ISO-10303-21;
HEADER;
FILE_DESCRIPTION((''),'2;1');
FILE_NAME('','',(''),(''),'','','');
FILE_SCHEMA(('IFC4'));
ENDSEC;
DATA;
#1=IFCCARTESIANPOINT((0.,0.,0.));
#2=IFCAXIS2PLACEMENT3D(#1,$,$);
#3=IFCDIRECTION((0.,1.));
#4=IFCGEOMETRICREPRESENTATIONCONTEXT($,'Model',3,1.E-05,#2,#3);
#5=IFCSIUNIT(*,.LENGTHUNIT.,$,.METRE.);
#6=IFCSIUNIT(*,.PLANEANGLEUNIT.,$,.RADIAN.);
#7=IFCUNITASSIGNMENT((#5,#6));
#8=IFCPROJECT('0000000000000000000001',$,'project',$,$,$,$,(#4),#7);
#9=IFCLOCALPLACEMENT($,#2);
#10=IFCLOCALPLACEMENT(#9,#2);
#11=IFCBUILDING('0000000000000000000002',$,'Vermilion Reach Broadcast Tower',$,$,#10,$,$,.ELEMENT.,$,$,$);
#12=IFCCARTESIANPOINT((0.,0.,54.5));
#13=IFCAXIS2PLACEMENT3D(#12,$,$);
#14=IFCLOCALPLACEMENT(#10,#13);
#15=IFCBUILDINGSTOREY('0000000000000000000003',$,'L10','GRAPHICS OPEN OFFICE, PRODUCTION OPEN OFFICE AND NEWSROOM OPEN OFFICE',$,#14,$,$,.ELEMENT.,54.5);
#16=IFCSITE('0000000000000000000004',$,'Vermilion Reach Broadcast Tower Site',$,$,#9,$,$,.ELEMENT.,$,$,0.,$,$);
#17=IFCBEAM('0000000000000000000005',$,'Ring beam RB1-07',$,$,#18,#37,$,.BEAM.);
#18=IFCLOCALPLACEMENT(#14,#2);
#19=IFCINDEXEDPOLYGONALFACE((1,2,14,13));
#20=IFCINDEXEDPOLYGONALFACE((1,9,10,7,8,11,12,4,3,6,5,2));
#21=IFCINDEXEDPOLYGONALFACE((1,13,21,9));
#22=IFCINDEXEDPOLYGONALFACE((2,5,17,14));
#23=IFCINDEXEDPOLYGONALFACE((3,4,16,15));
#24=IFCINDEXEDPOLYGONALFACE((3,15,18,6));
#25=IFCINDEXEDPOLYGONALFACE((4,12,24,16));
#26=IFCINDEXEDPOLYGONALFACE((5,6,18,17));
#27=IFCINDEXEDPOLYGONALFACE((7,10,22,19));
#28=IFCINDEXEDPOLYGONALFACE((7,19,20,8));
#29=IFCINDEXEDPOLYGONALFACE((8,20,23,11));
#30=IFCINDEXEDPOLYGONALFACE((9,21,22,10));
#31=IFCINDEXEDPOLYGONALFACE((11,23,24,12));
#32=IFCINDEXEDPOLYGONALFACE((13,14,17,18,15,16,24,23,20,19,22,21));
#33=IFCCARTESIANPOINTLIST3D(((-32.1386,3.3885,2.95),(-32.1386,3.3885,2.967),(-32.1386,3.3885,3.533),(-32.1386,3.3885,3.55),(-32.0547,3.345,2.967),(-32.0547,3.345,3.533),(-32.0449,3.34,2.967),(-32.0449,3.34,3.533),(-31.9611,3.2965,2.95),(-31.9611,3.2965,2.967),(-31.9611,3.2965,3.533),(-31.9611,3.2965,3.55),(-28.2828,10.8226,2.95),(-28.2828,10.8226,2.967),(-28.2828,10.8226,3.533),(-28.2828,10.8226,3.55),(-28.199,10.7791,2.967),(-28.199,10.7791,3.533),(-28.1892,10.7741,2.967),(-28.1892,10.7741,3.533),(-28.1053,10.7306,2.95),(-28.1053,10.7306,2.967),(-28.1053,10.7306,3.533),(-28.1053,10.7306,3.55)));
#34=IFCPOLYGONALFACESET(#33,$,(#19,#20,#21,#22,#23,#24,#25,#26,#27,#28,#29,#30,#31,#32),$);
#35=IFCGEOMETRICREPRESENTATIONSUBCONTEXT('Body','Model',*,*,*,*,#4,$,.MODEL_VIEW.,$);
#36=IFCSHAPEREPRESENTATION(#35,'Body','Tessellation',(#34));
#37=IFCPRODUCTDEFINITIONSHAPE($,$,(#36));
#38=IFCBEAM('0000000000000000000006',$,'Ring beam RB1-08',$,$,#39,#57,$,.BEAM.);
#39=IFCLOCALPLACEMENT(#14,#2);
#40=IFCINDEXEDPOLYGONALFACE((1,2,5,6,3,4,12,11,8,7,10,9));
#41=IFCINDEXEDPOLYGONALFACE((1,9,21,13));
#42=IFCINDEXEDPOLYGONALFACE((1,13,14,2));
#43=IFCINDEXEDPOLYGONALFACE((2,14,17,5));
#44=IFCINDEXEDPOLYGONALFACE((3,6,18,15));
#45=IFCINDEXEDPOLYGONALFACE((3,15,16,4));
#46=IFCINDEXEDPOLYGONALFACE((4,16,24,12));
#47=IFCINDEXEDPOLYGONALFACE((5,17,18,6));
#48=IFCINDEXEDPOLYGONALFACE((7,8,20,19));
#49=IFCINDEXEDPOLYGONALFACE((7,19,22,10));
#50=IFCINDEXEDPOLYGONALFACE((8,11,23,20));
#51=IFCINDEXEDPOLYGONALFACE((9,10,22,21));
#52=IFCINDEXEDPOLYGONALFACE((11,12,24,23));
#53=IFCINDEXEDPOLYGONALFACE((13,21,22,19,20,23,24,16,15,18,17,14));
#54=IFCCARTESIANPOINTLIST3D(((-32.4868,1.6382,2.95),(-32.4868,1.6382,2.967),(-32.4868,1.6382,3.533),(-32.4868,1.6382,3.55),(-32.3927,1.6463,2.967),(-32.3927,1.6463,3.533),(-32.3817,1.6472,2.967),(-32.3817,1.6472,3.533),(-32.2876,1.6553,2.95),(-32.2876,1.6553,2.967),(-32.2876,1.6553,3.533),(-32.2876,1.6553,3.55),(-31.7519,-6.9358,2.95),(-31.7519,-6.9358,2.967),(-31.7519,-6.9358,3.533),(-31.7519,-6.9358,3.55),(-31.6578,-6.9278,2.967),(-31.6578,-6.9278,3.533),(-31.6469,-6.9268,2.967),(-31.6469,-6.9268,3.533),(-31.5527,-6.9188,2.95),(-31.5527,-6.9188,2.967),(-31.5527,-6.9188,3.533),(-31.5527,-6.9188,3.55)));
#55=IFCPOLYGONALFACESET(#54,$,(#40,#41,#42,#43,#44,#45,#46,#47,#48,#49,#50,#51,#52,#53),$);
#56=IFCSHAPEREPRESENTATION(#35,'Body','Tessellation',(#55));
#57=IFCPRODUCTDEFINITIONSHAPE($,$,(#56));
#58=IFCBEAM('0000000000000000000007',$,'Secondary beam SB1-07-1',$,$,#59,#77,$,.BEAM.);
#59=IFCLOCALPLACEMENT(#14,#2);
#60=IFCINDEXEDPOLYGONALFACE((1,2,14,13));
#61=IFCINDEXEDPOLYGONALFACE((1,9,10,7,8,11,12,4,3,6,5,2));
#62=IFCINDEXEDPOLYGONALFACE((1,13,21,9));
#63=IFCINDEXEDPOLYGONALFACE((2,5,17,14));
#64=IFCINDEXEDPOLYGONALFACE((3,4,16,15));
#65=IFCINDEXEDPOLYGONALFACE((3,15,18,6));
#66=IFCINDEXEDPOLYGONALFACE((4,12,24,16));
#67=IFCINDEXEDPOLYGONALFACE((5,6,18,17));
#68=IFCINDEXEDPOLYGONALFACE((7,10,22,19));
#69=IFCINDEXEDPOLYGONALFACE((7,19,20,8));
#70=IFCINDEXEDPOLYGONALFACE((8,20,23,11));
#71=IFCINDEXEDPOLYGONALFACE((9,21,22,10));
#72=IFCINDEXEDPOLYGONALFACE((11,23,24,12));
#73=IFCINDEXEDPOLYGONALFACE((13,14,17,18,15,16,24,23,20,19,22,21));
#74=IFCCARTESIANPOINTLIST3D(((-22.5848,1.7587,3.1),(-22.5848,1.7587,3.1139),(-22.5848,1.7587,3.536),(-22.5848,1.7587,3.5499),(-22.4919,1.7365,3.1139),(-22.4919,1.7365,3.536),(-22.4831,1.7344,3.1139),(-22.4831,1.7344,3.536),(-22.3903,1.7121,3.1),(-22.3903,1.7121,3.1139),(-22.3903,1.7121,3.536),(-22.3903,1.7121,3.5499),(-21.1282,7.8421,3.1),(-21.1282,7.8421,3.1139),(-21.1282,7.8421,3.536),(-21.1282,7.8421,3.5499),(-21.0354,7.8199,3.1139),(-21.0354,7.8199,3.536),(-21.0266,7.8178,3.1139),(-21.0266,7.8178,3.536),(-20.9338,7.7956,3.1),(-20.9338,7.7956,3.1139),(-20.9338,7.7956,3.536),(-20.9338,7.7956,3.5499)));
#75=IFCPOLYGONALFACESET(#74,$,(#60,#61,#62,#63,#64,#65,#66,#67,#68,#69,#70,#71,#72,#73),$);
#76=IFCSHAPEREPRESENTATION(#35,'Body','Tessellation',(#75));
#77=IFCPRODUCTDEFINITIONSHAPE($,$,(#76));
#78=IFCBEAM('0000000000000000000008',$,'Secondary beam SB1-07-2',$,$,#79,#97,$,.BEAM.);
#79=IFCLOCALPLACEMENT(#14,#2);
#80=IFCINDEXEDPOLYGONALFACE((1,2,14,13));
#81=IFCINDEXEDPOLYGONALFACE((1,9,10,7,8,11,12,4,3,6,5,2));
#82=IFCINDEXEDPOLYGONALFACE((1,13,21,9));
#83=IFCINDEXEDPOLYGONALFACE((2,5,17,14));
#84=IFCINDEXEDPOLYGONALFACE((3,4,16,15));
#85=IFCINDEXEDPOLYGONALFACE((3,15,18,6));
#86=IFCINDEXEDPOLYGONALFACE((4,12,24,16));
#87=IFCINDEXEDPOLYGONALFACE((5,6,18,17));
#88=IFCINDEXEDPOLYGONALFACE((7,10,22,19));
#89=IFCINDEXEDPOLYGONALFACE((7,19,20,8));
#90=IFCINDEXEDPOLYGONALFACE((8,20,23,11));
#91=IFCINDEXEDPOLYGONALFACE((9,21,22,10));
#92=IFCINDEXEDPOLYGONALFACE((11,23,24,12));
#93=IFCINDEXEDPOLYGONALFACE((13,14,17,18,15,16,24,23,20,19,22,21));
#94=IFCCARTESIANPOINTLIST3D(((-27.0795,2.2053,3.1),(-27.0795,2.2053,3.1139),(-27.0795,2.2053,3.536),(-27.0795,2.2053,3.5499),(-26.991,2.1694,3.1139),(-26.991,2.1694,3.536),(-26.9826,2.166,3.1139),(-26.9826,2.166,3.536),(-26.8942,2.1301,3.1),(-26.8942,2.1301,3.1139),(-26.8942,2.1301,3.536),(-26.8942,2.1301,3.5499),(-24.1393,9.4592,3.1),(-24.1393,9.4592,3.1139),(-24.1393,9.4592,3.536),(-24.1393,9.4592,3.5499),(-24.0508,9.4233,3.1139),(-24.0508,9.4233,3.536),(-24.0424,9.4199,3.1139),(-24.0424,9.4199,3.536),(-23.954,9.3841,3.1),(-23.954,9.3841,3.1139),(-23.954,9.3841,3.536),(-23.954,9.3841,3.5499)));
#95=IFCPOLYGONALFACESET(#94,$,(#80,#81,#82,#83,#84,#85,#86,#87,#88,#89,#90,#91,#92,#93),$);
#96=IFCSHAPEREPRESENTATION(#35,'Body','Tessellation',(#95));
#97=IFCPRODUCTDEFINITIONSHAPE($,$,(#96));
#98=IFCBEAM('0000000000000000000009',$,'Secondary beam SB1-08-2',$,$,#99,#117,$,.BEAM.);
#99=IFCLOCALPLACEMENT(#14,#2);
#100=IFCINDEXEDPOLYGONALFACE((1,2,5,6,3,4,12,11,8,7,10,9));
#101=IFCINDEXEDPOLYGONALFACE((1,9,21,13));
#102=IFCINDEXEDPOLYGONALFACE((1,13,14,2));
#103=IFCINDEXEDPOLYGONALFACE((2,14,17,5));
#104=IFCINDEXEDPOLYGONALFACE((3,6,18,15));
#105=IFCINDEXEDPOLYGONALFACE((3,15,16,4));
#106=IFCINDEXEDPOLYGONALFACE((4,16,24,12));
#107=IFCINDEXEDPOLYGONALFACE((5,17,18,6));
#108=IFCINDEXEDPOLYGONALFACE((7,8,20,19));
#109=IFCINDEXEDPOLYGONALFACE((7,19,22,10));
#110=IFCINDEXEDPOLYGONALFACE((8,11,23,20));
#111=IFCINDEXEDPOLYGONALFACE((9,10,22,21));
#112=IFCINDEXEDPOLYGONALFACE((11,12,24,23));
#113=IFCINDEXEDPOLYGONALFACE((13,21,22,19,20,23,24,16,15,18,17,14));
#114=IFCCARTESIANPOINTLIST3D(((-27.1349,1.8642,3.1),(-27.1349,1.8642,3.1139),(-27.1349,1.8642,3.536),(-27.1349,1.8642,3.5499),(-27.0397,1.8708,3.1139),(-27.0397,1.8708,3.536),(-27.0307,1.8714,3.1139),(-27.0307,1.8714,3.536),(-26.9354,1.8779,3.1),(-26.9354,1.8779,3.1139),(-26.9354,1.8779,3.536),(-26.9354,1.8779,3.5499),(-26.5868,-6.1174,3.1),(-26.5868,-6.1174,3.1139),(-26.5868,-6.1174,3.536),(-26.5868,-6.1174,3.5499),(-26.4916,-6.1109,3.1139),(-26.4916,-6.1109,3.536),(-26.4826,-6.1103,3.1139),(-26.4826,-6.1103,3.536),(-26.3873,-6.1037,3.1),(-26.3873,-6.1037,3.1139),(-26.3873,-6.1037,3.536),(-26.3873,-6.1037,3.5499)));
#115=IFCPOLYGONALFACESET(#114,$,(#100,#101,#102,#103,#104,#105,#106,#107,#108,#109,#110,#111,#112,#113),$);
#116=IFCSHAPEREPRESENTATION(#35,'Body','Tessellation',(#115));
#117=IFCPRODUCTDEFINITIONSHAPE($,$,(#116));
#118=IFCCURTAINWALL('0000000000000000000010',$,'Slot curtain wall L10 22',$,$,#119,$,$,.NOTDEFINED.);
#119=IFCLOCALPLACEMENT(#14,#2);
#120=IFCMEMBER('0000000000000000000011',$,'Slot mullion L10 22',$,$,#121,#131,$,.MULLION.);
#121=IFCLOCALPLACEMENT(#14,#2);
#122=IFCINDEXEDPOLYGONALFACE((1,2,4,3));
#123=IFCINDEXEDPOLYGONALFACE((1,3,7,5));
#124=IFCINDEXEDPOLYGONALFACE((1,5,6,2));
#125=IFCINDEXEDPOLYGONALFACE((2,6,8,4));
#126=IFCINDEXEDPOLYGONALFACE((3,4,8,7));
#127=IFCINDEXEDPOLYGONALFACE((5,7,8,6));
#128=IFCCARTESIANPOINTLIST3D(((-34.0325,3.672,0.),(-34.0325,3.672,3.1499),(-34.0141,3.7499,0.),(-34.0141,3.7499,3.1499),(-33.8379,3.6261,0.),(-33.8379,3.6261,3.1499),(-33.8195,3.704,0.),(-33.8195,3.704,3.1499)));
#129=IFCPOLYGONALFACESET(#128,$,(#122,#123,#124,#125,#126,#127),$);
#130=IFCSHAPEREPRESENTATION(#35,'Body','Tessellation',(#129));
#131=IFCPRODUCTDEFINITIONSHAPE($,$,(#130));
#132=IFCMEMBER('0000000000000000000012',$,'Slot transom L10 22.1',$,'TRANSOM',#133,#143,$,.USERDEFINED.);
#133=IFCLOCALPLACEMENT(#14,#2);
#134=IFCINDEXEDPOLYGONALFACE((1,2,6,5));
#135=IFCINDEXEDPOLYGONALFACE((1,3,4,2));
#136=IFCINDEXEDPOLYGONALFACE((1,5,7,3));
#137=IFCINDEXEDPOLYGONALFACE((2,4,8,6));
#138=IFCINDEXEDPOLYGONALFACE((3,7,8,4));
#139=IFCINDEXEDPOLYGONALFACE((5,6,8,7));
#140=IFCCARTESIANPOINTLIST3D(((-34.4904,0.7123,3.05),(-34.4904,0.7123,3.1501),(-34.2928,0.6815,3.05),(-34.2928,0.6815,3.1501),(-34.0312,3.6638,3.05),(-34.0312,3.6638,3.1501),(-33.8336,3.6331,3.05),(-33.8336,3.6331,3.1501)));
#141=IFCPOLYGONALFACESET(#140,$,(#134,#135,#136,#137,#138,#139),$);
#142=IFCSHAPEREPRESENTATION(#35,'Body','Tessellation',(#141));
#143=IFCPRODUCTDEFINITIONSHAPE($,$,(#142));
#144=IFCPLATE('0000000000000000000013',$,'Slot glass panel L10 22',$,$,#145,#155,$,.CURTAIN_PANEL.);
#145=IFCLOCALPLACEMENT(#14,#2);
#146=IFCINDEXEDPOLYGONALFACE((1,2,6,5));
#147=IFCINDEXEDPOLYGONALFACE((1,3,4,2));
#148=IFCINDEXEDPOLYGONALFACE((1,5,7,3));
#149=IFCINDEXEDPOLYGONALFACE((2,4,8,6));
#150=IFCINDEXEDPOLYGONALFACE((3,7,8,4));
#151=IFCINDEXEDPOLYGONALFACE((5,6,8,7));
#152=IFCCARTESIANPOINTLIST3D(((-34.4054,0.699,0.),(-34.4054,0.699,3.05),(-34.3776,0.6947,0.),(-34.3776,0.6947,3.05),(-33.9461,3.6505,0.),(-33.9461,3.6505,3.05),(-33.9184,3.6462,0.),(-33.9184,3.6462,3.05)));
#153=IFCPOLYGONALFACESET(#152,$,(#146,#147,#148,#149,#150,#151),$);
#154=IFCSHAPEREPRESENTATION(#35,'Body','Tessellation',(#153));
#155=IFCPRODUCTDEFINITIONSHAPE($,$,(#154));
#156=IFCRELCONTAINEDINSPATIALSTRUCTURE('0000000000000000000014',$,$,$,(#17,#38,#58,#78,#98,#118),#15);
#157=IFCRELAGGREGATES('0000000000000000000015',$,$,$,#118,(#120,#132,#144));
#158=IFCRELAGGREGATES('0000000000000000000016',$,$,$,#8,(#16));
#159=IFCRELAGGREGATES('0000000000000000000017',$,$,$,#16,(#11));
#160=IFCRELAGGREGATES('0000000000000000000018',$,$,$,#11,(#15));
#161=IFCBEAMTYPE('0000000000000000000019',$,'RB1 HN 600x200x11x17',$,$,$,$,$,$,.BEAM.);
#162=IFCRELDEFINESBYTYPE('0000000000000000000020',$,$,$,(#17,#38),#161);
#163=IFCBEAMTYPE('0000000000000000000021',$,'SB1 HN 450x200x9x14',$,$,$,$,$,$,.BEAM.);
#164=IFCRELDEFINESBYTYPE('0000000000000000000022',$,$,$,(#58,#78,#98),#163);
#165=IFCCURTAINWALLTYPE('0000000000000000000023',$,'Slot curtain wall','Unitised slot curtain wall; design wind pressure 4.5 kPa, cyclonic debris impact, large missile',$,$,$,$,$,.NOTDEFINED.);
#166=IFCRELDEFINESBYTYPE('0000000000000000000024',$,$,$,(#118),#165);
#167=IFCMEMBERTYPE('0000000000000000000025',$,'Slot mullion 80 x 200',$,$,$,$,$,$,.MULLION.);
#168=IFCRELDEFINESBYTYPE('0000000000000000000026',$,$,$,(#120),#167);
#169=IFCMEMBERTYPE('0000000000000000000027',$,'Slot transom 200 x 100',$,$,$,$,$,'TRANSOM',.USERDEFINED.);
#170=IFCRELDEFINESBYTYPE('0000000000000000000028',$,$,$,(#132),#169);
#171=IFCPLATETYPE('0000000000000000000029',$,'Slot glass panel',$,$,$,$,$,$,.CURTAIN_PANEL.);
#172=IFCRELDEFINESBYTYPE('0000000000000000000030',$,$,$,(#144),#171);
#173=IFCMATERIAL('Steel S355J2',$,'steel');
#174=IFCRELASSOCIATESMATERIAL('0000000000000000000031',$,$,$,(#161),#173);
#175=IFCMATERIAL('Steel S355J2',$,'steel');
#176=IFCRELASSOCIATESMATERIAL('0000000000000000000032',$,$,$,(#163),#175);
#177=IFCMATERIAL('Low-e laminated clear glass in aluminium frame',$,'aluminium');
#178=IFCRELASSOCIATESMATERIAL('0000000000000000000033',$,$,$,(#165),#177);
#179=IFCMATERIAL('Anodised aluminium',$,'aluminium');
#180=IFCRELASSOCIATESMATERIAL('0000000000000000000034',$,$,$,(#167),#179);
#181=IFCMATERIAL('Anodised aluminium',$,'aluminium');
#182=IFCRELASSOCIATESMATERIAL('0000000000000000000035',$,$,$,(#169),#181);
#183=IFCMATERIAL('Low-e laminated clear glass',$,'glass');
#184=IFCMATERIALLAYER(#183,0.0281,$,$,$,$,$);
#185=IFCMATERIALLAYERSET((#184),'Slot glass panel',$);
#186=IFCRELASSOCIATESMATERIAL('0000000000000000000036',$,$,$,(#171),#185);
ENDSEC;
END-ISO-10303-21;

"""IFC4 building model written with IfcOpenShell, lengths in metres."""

from ifc_helpers import new_model, si_unit, direction, frame, origin, origin_2d, place, context, subcontext, project, spatial, rectangle, i_section, extrude, material, layer, layer_set, material_profile, profile_set, type_object, element, aggregate, save


model = new_model("IFC4")

# Units and contexts
model_context = context("Model", 3, precision=1e-05, world=origin(), true_north=direction((0.0, 1.0)))
body_context = subcontext(model_context, "Body", "Model", "MODEL_VIEW")
ifc_project = project(units=[si_unit("LENGTHUNIT", "METRE"), si_unit("PLANEANGLEUNIT", "RADIAN")], contexts=[model_context])

# Site, building, storey
site_placement = place(None, origin())
site = spatial("IfcSite", under=ifc_project, at=site_placement, Name="Vermilion Reach Broadcast Tower Site", CompositionType="ELEMENT", RefElevation=0.0)
building_placement = place(site_placement, origin())
building = spatial("IfcBuilding", under=site, at=building_placement, Name="Vermilion Reach Broadcast Tower", CompositionType="ELEMENT")
storey_placement = place(building_placement, frame((0.0, 0.0, 54.5)))
storey = spatial("IfcBuildingStorey", under=building, at=storey_placement, Name="L10", Description="GRAPHICS OPEN OFFICE, PRODUCTION OPEN OFFICE AND NEWSROOM OPEN OFFICE", CompositionType="ELEMENT", Elevation=54.5)

# Beams
ifc_material_1 = material(Name="Steel S355J2", Category="steel")
ifc_material_profile_1 = material_profile(ifc_material_1, i_section(OverallWidth=0.2, OverallDepth=0.6001, WebThickness=0.011, FlangeThickness=0.0171, at=origin_2d()), Name="S355J2 HN 600x200x11x17")
ifc_profile_set_1 = profile_set([ifc_material_profile_1], Name="Steel S355J2")
beam_type_1 = type_object("IfcBeamType", Name="RB1 HN 600x200x11x17", PredefinedType="BEAM", material=ifc_profile_set_1)
beam_1_placement = place(storey_placement, frame((-28.1941, 10.7766, 3.25), z_axis=(-0.460412, -0.887706, 0.0), x_axis=(0.887706, -0.460412, 0.0)))
element("IfcBeam", 1, at=beam_1_placement, inside=storey, type_object=beam_type_1, Name="Ring beam RB1-07", PredefinedType="BEAM", context=body_context, shape_type="SweptSolid", body=[
    extrude(i_section(OverallWidth=0.2, OverallDepth=0.6001, WebThickness=0.011, FlangeThickness=0.0171, at=origin_2d()), origin(), (0.0, 0.0, 1.0), 8.3745),
])
beam_2_placement = place(storey_placement, frame((-32.3872, 1.6467, 3.25), z_axis=(0.085396, -0.996347, 0.0), x_axis=(0.996347, 0.085396, 0.0)))
element("IfcBeam", 2, at=beam_2_placement, inside=storey, type_object=beam_type_1, Name="Ring beam RB1-08", PredefinedType="BEAM", context=body_context, shape_type="SweptSolid", body=[
    extrude(i_section(OverallWidth=0.2, OverallDepth=0.6001, WebThickness=0.011, FlangeThickness=0.0171, at=origin_2d()), origin(), (0.0, 0.0, 1.0), 8.6055),
])
ifc_material_2 = material(Name="Steel S355J2", Category="steel")
ifc_material_profile_2 = material_profile(ifc_material_2, i_section(OverallWidth=0.2, OverallDepth=0.45, WebThickness=0.009, FlangeThickness=0.0139, at=origin_2d()), Name="S355J2 HN 450x200x9x14")
ifc_profile_set_2 = profile_set([ifc_material_profile_2], Name="Steel S355J2")
beam_type_2 = type_object("IfcBeamType", Name="SB1 HN 450x200x9x14", PredefinedType="BEAM", material=ifc_profile_set_2)
beam_3_placement = place(storey_placement, frame((-21.031, 7.8188, 3.325), z_axis=(-0.232844, -0.972514, 0.0), x_axis=(0.972514, -0.232844, 0.0)))
element("IfcBeam", 3, at=beam_3_placement, inside=storey, type_object=beam_type_2, Name="Secondary beam SB1-07-1", PredefinedType="BEAM", context=body_context, shape_type="SweptSolid", body=[
    extrude(i_section(OverallWidth=0.2, OverallDepth=0.45, WebThickness=0.009, FlangeThickness=0.0139, at=origin_2d()), origin(), (0.0, 0.0, 1.0), 6.2554),
])
beam_4_placement = place(storey_placement, frame((-24.0466, 9.4216, 3.325), z_axis=(-0.375641, -0.926765, 0.0), x_axis=(0.926765, -0.375641, 0.0)))
element("IfcBeam", 4, at=beam_4_placement, inside=storey, type_object=beam_type_2, Name="Secondary beam SB1-07-2", PredefinedType="BEAM", context=body_context, shape_type="SweptSolid", body=[
    extrude(i_section(OverallWidth=0.2, OverallDepth=0.45, WebThickness=0.009, FlangeThickness=0.0139, at=origin_2d()), origin(), (0.0, 0.0, 1.0), 7.8271),
])
beam_5_placement = place(storey_placement, frame((-27.0352, 1.8711, 3.325), z_axis=(0.068508, -0.997651, 0.0), x_axis=(0.997651, 0.068508, 0.0)))
element("IfcBeam", 5, at=beam_5_placement, inside=storey, type_object=beam_type_2, Name="Secondary beam SB1-08-2", PredefinedType="BEAM", context=body_context, shape_type="SweptSolid", body=[
    extrude(i_section(OverallWidth=0.2, OverallDepth=0.45, WebThickness=0.009, FlangeThickness=0.0139, at=origin_2d()), origin(), (0.0, 0.0, 1.0), 8.0005),
])

# Curtain wall, members, plate
ifc_material_3 = material(Name="Low-e laminated clear glass in aluminium frame", Category="aluminium")
curtain_wall_type = type_object("IfcCurtainWallType", Name="Slot curtain wall", Description="Unitised slot curtain wall; design wind pressure 4.5 kPa, cyclonic debris impact, large missile", PredefinedType="NOTDEFINED", material=ifc_material_3)
curtain_wall_placement = place(storey_placement, origin())
curtain_wall = element("IfcCurtainWall", 6, at=curtain_wall_placement, inside=storey, type_object=curtain_wall_type, Name="Slot curtain wall L10 22", PredefinedType="NOTDEFINED")
ifc_material_4 = material(Name="Anodised aluminium", Category="aluminium")
ifc_material_profile_3 = material_profile(ifc_material_4, rectangle(XDim=0.2, YDim=0.0801, at=origin_2d()), Name="Slot mullion 80 x 200")
ifc_profile_set_3 = profile_set([ifc_material_profile_3], Name="Anodised aluminium")
member_type_1 = type_object("IfcMemberType", Name="Slot mullion 80 x 200", PredefinedType="MULLION", material=ifc_profile_set_3)
member_1_placement = place(storey_placement, frame((-33.926, 3.688, 0.0), z_axis=(0.0, 0.0, 1.0), x_axis=(0.973285, -0.229598, 0.0)))
member_1 = element("IfcMember", 7, at=member_1_placement, type_object=member_type_1, Name="Slot mullion L10 22", PredefinedType="MULLION", context=body_context, shape_type="SweptSolid", body=[
    extrude(rectangle(XDim=0.2, YDim=0.0801, at=origin_2d()), origin(), (0.0, 0.0, 1.0), 3.1499),
])
ifc_material_5 = material(Name="Anodised aluminium", Category="aluminium")
ifc_material_profile_4 = material_profile(ifc_material_5, rectangle(XDim=0.2, YDim=0.1001, at=origin_2d()), Name="Slot transom 200 x 100")
ifc_profile_set_4 = profile_set([ifc_material_profile_4], Name="Anodised aluminium")
member_type_2 = type_object("IfcMemberType", Name="Slot transom 200 x 100", ElementType="TRANSOM", PredefinedType="USERDEFINED", material=ifc_profile_set_4)
member_2_placement = place(storey_placement, frame((-33.9324, 3.6484, 3.1001), z_axis=(-0.153734, -0.988112, 0.0), x_axis=(0.988112, -0.153734, 0.0)))
member_2 = element("IfcMember", 8, at=member_2_placement, type_object=member_type_2, Name="Slot transom L10 22.1", ObjectType="TRANSOM", PredefinedType="USERDEFINED", context=body_context, shape_type="SweptSolid", body=[
    extrude(rectangle(XDim=0.2, YDim=0.1001, at=origin_2d()), origin(), (0.0, 0.0, 1.0), 2.9871),
])
ifc_material_6 = material(Name="Low-e laminated clear glass", Category="glass")
ifc_layer_1 = layer(ifc_material_6, 0.0281)
ifc_layer_set_1 = layer_set([ifc_layer_1], Name="Slot glass panel")
plate_type = type_object("IfcPlateType", Name="Slot glass panel", PredefinedType="CURTAIN_PANEL", material=ifc_layer_set_1)
plate_placement = place(storey_placement, frame((-34.1619, 2.1726, 0.0), z_axis=(0.0, 0.0, 1.0), x_axis=(-0.153753, -0.988109, 0.0)))
plate = element("IfcPlate", 9, at=plate_placement, type_object=plate_type, Name="Slot glass panel L10 22", PredefinedType="CURTAIN_PANEL", context=body_context, shape_type="SweptSolid", body=[
    extrude(rectangle(XDim=2.9871, YDim=0.0281, at=origin_2d()), origin(), (0.0, 0.0, 1.0), 3.05),
])
aggregate(curtain_wall, [member_1, member_2, plate])

save(model, "model.ifc")
